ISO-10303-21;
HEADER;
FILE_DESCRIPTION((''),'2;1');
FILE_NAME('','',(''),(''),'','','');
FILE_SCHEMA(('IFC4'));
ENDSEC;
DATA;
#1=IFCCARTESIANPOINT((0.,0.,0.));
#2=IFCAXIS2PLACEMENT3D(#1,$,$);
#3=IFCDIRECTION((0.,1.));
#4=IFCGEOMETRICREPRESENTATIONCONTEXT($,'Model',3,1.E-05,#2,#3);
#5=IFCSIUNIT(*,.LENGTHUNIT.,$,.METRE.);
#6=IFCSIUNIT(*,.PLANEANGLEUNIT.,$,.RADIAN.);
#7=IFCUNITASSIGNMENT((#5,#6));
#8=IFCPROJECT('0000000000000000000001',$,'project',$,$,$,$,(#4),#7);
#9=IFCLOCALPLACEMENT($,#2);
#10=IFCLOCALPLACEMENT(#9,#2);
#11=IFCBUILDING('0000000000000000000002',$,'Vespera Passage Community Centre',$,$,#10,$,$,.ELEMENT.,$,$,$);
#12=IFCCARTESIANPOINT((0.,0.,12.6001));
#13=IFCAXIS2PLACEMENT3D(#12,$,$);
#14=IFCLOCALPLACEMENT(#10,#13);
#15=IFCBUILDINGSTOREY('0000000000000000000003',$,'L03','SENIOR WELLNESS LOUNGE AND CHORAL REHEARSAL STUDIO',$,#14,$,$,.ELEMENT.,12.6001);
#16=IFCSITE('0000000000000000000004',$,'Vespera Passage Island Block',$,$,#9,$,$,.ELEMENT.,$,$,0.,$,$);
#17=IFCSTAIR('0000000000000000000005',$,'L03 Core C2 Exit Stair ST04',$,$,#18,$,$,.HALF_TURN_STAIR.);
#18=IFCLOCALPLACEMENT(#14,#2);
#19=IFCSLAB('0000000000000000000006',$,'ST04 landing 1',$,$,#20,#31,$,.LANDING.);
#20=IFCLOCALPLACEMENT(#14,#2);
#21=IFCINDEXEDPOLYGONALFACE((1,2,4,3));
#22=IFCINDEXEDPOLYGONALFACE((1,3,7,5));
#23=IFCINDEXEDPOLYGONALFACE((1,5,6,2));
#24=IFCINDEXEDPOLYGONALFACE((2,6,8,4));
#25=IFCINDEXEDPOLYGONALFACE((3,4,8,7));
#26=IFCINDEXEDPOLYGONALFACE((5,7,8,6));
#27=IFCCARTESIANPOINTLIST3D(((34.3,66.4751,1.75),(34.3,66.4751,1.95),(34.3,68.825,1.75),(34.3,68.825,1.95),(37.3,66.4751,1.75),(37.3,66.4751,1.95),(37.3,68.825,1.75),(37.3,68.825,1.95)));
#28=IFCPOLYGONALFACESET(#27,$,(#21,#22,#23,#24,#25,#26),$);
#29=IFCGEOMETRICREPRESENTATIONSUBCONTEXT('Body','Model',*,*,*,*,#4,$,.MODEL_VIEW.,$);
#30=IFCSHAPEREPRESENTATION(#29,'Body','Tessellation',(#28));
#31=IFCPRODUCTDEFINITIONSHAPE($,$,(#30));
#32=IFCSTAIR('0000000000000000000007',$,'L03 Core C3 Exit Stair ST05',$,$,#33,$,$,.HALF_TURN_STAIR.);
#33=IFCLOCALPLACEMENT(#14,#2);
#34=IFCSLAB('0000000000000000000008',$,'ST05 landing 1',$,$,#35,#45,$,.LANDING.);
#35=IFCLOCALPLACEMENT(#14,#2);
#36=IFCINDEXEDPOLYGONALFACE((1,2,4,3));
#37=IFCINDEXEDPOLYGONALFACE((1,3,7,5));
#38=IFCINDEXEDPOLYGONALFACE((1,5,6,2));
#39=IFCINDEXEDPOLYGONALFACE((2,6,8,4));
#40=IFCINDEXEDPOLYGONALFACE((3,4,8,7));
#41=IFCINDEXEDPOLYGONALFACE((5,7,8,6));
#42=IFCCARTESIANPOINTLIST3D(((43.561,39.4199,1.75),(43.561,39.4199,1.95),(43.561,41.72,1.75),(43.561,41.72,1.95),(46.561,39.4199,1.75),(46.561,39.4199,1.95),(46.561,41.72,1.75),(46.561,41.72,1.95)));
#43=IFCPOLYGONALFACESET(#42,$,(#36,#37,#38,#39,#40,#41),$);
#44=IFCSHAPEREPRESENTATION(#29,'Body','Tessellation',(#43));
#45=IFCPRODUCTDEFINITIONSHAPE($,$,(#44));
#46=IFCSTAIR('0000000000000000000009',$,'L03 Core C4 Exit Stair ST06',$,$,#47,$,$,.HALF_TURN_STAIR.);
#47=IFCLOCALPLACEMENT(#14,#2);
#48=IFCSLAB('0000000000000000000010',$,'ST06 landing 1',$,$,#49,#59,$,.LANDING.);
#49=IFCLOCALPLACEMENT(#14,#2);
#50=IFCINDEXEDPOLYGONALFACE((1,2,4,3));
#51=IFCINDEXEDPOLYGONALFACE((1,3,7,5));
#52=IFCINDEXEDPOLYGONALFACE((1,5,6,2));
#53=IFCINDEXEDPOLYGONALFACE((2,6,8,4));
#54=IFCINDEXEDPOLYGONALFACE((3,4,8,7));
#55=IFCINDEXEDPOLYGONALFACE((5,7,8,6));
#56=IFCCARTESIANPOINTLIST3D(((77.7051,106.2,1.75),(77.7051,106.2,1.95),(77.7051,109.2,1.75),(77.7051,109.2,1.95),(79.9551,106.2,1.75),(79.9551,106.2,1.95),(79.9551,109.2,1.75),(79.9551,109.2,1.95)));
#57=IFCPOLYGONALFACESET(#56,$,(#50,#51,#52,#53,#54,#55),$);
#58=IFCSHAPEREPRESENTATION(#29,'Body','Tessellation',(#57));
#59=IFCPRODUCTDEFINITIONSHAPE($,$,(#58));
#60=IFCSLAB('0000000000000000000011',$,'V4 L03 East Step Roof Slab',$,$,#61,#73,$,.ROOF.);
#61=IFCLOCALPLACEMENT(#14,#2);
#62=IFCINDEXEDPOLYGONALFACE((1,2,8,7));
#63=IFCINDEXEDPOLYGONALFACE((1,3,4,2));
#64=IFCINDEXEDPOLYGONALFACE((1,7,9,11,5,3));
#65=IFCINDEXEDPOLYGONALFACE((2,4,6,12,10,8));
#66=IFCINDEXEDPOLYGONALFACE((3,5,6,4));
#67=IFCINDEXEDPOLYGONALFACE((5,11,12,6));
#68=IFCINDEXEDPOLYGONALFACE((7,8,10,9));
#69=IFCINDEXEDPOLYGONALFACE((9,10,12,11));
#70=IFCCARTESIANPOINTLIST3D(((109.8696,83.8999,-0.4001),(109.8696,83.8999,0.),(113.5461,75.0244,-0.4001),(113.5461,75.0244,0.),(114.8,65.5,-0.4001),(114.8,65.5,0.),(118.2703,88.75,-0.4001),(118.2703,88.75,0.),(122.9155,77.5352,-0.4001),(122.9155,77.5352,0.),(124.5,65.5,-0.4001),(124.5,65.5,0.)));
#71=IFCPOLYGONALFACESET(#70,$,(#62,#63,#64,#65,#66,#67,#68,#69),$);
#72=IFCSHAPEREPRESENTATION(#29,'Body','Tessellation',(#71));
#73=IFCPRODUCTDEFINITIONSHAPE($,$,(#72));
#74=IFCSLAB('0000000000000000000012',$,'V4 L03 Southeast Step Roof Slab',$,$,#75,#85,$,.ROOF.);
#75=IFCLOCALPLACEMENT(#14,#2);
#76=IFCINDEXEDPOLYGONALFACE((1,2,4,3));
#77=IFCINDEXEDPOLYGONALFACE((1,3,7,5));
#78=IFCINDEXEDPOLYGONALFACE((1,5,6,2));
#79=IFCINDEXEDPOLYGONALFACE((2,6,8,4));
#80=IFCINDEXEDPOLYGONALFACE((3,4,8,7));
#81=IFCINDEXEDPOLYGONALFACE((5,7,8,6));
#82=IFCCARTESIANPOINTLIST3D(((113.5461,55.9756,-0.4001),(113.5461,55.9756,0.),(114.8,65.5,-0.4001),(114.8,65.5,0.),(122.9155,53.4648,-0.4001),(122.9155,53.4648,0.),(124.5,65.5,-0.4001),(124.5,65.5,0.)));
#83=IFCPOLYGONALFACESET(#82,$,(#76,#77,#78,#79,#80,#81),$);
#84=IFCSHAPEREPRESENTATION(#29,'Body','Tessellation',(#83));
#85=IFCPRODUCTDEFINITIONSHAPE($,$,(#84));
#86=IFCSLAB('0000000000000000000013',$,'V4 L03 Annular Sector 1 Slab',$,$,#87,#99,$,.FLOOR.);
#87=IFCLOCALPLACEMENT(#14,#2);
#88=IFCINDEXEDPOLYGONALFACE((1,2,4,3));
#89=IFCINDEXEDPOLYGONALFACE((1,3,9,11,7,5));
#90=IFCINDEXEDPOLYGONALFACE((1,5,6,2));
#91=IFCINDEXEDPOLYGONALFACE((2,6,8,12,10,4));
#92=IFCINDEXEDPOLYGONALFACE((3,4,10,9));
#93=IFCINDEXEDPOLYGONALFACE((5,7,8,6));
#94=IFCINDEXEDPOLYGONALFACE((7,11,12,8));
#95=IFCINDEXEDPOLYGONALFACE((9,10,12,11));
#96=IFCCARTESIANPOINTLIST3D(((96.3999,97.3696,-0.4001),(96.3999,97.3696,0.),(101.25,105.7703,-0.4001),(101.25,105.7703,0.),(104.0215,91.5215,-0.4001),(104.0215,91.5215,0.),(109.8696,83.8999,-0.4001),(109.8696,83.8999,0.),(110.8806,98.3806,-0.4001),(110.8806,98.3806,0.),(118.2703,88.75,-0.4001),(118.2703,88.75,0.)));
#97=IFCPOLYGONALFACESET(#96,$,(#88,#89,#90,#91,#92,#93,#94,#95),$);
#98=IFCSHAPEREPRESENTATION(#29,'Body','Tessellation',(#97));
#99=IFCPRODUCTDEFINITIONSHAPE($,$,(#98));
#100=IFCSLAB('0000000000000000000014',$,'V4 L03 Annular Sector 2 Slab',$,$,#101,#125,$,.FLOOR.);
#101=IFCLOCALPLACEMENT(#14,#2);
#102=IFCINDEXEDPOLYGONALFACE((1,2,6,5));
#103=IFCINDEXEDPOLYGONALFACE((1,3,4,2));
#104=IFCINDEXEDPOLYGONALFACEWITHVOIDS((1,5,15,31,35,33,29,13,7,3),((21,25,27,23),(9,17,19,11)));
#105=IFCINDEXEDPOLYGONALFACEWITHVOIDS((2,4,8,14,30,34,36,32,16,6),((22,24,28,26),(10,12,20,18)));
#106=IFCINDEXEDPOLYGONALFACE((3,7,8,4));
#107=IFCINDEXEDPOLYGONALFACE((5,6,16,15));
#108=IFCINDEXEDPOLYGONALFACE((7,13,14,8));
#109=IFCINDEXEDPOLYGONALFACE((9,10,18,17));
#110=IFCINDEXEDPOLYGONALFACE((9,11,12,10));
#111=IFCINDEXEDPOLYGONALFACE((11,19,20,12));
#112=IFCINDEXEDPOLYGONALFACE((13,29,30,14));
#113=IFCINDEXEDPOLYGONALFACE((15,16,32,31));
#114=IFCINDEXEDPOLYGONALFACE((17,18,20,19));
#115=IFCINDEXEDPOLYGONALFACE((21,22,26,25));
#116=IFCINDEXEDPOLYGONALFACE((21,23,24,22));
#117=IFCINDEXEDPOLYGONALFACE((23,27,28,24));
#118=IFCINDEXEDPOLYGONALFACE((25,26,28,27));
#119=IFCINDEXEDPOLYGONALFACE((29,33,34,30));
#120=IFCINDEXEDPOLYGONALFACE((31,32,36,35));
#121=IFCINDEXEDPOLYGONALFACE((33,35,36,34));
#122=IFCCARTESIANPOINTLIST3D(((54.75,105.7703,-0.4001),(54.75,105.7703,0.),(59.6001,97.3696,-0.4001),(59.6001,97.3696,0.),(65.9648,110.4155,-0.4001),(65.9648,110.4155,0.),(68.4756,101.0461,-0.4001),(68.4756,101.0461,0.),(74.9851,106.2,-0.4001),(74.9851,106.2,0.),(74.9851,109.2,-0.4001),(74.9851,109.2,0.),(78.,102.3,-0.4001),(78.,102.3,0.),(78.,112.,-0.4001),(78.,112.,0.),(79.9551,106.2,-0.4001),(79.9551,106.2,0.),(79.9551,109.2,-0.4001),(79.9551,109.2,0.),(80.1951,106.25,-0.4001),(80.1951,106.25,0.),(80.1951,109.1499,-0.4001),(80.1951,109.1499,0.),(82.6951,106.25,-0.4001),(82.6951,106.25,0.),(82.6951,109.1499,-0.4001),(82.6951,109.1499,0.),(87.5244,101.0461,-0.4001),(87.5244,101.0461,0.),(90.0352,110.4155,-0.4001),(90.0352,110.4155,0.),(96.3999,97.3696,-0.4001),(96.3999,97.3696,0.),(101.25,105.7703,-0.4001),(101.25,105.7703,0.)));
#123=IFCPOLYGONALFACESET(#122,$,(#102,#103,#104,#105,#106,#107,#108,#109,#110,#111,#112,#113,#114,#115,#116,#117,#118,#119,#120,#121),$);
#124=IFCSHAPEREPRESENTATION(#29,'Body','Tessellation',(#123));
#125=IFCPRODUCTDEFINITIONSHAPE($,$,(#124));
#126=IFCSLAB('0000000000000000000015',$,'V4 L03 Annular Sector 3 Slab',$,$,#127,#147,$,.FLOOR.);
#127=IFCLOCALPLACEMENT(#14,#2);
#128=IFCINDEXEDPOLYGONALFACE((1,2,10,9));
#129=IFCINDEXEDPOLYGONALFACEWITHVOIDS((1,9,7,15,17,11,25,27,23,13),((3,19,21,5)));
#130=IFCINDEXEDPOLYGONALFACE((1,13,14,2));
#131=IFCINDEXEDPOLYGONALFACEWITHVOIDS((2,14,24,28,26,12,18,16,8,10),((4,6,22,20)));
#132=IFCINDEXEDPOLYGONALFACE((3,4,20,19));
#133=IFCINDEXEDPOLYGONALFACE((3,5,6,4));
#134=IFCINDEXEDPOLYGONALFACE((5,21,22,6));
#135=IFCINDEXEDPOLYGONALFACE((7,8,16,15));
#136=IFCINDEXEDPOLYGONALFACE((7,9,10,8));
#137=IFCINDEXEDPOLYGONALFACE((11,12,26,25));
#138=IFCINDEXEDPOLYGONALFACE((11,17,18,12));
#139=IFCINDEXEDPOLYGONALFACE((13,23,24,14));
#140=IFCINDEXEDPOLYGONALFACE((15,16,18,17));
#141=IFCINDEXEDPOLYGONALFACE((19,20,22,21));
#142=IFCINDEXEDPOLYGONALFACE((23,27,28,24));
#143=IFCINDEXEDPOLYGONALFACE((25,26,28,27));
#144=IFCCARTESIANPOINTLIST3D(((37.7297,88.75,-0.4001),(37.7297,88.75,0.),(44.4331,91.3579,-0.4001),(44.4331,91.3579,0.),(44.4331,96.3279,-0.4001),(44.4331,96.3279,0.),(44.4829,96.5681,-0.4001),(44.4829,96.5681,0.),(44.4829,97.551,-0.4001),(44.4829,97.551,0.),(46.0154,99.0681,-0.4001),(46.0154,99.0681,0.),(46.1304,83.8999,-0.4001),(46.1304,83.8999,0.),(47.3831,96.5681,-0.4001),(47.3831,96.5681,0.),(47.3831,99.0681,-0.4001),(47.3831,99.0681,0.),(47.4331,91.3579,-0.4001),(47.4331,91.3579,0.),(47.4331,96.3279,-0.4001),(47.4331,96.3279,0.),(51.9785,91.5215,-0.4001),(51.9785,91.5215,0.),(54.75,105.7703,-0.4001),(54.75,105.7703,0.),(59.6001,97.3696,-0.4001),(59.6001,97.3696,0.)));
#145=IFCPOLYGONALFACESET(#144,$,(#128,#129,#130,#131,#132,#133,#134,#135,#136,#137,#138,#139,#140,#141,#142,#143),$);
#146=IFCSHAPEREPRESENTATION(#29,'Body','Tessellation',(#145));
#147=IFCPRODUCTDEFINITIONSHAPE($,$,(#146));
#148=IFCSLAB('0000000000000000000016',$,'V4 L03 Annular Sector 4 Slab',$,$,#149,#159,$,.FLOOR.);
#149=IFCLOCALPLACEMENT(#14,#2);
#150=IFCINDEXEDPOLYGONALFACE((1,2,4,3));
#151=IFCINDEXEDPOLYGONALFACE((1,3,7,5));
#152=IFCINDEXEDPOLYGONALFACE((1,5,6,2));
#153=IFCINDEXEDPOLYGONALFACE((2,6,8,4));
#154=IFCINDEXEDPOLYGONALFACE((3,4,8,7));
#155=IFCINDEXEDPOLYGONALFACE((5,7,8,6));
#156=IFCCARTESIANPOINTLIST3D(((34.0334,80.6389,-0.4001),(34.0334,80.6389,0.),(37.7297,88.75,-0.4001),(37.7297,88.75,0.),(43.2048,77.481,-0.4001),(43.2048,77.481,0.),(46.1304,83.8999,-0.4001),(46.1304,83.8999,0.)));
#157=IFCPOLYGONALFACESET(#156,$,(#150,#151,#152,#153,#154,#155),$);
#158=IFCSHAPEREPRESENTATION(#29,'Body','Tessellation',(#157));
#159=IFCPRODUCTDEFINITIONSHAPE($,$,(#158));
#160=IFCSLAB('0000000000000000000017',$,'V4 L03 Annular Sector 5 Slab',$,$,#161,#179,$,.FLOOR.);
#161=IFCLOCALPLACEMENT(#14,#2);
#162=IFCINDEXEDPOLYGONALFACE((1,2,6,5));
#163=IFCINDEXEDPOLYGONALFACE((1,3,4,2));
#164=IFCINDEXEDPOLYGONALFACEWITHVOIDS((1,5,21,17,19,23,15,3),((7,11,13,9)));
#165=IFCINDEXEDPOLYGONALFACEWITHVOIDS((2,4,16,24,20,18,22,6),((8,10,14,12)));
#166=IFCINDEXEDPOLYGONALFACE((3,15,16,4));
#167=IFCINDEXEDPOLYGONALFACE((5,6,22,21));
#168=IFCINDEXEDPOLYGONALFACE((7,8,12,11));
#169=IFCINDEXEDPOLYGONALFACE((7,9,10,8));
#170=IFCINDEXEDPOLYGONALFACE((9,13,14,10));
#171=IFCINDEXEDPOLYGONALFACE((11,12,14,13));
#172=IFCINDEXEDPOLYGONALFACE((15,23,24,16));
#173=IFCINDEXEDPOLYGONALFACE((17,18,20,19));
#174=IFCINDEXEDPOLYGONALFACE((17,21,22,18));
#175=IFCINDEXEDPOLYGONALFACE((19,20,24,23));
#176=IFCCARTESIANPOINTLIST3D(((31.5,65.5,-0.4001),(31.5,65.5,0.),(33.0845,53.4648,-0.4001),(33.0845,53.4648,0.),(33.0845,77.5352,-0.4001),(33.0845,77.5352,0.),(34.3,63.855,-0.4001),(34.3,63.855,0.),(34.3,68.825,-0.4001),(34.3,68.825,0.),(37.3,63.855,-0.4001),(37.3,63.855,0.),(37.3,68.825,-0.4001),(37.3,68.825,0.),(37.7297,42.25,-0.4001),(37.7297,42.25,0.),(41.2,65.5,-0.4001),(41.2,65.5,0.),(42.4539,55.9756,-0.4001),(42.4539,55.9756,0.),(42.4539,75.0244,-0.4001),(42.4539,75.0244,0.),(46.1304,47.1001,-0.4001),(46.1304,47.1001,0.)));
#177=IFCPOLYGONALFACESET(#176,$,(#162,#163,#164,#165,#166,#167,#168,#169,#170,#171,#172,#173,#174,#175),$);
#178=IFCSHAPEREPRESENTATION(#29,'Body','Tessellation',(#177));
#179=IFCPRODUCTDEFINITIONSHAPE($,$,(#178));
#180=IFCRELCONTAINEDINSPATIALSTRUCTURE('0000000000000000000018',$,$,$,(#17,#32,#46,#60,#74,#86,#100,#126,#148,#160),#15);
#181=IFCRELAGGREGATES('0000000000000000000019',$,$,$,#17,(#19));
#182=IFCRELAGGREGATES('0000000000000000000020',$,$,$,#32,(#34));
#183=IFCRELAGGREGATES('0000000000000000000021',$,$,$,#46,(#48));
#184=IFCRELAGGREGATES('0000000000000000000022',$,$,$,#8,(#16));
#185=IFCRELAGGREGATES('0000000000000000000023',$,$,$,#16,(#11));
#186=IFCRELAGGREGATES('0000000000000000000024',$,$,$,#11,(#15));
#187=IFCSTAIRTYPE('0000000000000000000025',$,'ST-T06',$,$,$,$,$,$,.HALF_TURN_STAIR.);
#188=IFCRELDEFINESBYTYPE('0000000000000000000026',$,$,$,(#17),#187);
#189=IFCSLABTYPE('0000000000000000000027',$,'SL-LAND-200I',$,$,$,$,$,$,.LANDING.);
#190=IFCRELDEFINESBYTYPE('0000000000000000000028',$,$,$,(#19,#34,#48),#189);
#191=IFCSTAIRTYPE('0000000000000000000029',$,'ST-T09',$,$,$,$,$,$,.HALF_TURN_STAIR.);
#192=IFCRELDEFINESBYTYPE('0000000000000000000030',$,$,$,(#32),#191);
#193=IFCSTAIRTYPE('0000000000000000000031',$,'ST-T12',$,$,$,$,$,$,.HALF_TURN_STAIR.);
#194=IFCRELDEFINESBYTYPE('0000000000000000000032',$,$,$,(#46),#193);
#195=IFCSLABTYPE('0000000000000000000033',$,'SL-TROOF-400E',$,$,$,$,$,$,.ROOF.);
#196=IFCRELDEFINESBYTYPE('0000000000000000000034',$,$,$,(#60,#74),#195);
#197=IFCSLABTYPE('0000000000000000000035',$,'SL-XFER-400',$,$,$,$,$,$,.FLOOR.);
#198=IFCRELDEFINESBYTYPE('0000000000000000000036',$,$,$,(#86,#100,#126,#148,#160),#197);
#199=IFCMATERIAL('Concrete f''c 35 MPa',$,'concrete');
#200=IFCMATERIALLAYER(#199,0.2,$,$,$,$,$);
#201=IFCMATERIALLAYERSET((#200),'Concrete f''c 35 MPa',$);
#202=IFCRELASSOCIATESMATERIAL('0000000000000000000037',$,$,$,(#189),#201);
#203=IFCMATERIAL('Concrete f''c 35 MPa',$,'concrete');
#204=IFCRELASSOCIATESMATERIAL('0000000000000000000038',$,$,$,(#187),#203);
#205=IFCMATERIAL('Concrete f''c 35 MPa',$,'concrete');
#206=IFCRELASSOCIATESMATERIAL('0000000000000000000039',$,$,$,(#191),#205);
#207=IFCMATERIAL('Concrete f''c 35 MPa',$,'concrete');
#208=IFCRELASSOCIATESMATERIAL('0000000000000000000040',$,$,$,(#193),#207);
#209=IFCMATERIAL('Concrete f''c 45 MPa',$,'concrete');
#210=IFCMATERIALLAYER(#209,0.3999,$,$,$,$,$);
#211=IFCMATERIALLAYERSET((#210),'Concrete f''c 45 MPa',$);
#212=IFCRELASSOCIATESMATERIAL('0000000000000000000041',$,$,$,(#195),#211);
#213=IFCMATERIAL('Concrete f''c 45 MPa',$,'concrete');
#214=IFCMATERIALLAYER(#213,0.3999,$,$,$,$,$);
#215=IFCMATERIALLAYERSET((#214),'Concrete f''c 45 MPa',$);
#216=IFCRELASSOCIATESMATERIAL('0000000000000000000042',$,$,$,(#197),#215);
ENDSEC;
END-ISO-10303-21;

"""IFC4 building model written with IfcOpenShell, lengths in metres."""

from ifc_helpers import new_model, si_unit, direction, frame, origin, place, context, subcontext, project, spatial, polyline, outline, extrude, material, layer, layer_set, type_object, element, aggregate, save


model = new_model("IFC4")

# Units and contexts
model_context = context("Model", 3, precision=1e-05, world=origin(), true_north=direction((0.0, 1.0)))
body_context = subcontext(model_context, "Body", "Model", "MODEL_VIEW")
ifc_project = project(units=[si_unit("LENGTHUNIT", "METRE"), si_unit("PLANEANGLEUNIT", "RADIAN")], contexts=[model_context])

# Site, building, storey
site_placement = place(None, origin())
site = spatial("IfcSite", under=ifc_project, at=site_placement, Name="Vespera Passage Island Block", CompositionType="ELEMENT", RefElevation=0.0)
building_placement = place(site_placement, origin())
building = spatial("IfcBuilding", under=site, at=building_placement, Name="Vespera Passage Community Centre", CompositionType="ELEMENT")
storey_placement = place(building_placement, frame((0.0, 0.0, 12.6001)))
storey = spatial("IfcBuildingStorey", under=building, at=storey_placement, Name="L03", Description="SENIOR WELLNESS LOUNGE AND CHORAL REHEARSAL STUDIO", CompositionType="ELEMENT", Elevation=12.6001)

# Stairs, slabs
ifc_material_1 = material(Name="Concrete f'c 35 MPa", Category="concrete")
ifc_layer_1 = layer(ifc_material_1, 0.2)
ifc_layer_set_1 = layer_set([ifc_layer_1], Name="Concrete f'c 35 MPa")
slab_type_1 = type_object("IfcSlabType", Name="SL-LAND-200I", PredefinedType="LANDING", material=ifc_layer_set_1)
ifc_material_2 = material(Name="Concrete f'c 35 MPa", Category="concrete")
stair_type_1 = type_object("IfcStairType", Name="ST-T06", PredefinedType="HALF_TURN_STAIR", material=ifc_material_2)
stair_1_placement = place(storey_placement, origin())
stair_1 = element("IfcStair", 1, at=stair_1_placement, inside=storey, type_object=stair_type_1, Name="L03 Core C2 Exit Stair ST04", PredefinedType="HALF_TURN_STAIR")
slab_1_placement = place(storey_placement, frame((0.0, 0.0, 1.75)))
slab_1 = element("IfcSlab", 2, at=slab_1_placement, type_object=slab_type_1, Name="ST04 landing 1", PredefinedType="LANDING", context=body_context, shape_type="SweptSolid", body=[
    extrude(outline(polyline([(37.3, 66.4751), (37.3, 68.825), (34.3, 68.825), (34.3, 66.4751), (37.3, 66.4751)])), origin(), (0.0, 0.0, 1.0), 0.2),
])
aggregate(stair_1, [slab_1])
ifc_material_3 = material(Name="Concrete f'c 35 MPa", Category="concrete")
stair_type_2 = type_object("IfcStairType", Name="ST-T09", PredefinedType="HALF_TURN_STAIR", material=ifc_material_3)
stair_2_placement = place(storey_placement, origin())
stair_2 = element("IfcStair", 3, at=stair_2_placement, inside=storey, type_object=stair_type_2, Name="L03 Core C3 Exit Stair ST05", PredefinedType="HALF_TURN_STAIR")
slab_2_placement = place(storey_placement, frame((0.0, 0.0, 1.75)))
slab_2 = element("IfcSlab", 4, at=slab_2_placement, type_object=slab_type_1, Name="ST05 landing 1", PredefinedType="LANDING", context=body_context, shape_type="SweptSolid", body=[
    extrude(outline(polyline([(46.561, 39.4199), (46.561, 41.72), (43.561, 41.72), (43.561, 39.4199), (46.561, 39.4199)])), origin(), (0.0, 0.0, 1.0), 0.2),
])
aggregate(stair_2, [slab_2])
ifc_material_4 = material(Name="Concrete f'c 35 MPa", Category="concrete")
stair_type_3 = type_object("IfcStairType", Name="ST-T12", PredefinedType="HALF_TURN_STAIR", material=ifc_material_4)
stair_3_placement = place(storey_placement, origin())
stair_3 = element("IfcStair", 5, at=stair_3_placement, inside=storey, type_object=stair_type_3, Name="L03 Core C4 Exit Stair ST06", PredefinedType="HALF_TURN_STAIR")
slab_3_placement = place(storey_placement, frame((0.0, 0.0, 1.75)))
slab_3 = element("IfcSlab", 6, at=slab_3_placement, type_object=slab_type_1, Name="ST06 landing 1", PredefinedType="LANDING", context=body_context, shape_type="SweptSolid", body=[
    extrude(outline(polyline([(77.7051, 106.2), (79.9551, 106.2), (79.9551, 109.2), (77.7051, 109.2), (77.7051, 106.2)])), origin(), (0.0, 0.0, 1.0), 0.2),
])
aggregate(stair_3, [slab_3])

# Slabs
ifc_material_5 = material(Name="Concrete f'c 45 MPa", Category="concrete")
ifc_layer_2 = layer(ifc_material_5, 0.3999)
ifc_layer_set_2 = layer_set([ifc_layer_2], Name="Concrete f'c 45 MPa")
slab_type_2 = type_object("IfcSlabType", Name="SL-TROOF-400E", PredefinedType="ROOF", material=ifc_layer_set_2)
slab_4_placement = place(storey_placement, frame((0.0, 0.0, -0.4001)))
element("IfcSlab", 7, at=slab_4_placement, inside=storey, type_object=slab_type_2, Name="V4 L03 East Step Roof Slab", PredefinedType="ROOF", context=body_context, shape_type="SweptSolid", body=[
    extrude(outline(polyline([(124.5, 65.5), (122.9155, 77.5352), (118.2703, 88.75), (109.8696, 83.8999), (113.5461, 75.0244), (114.8, 65.5), (124.5, 65.5)])), origin(), (0.0, 0.0, 1.0), 0.4001),
])
slab_5_placement = place(storey_placement, frame((0.0, 0.0, -0.4001)))
element("IfcSlab", 8, at=slab_5_placement, inside=storey, type_object=slab_type_2, Name="V4 L03 Southeast Step Roof Slab", PredefinedType="ROOF", context=body_context, shape_type="SweptSolid", body=[
    extrude(outline(polyline([(122.9155, 53.4648), (124.5, 65.5), (114.8, 65.5), (113.5461, 55.9756), (122.9155, 53.4648)])), origin(), (0.0, 0.0, 1.0), 0.4001),
])
ifc_material_6 = material(Name="Concrete f'c 45 MPa", Category="concrete")
ifc_layer_3 = layer(ifc_material_6, 0.3999)
ifc_layer_set_3 = layer_set([ifc_layer_3], Name="Concrete f'c 45 MPa")
slab_type_3 = type_object("IfcSlabType", Name="SL-XFER-400", PredefinedType="FLOOR", material=ifc_layer_set_3)
slab_6_placement = place(storey_placement, frame((0.0, 0.0, -0.4001)))
element("IfcSlab", 9, at=slab_6_placement, inside=storey, type_object=slab_type_3, Name="V4 L03 Annular Sector 1 Slab", PredefinedType="FLOOR", context=body_context, shape_type="SweptSolid", body=[
    extrude(outline(polyline([(118.2703, 88.75), (110.8806, 98.3806), (101.25, 105.7703), (96.3999, 97.3696), (104.0215, 91.5215), (109.8696, 83.8999), (118.2703, 88.75)])), origin(), (0.0, 0.0, 1.0), 0.4001),
])
slab_7_placement = place(storey_placement, frame((0.0, 0.0, -0.4001)))
element("IfcSlab", 10, at=slab_7_placement, inside=storey, type_object=slab_type_3, Name="V4 L03 Annular Sector 2 Slab", PredefinedType="FLOOR", context=body_context, shape_type="SweptSolid", body=[
    extrude(outline(polyline([(87.5244, 101.0461), (78.0, 102.3), (68.4756, 101.0461), (59.6001, 97.3696), (54.75, 105.7703), (65.9648, 110.4155), (78.0, 112.0), (90.0352, 110.4155), (101.25, 105.7703), (96.3999, 97.3696), (87.5244, 101.0461)]), holes=[polyline([(79.9551, 109.2), (74.9851, 109.2), (74.9851, 106.2), (79.9551, 106.2), (79.9551, 109.2)]), polyline([(82.6951, 106.25), (82.6951, 109.1499), (80.1951, 109.1499), (80.1951, 106.25), (82.6951, 106.25)])]), origin(), (0.0, 0.0, 1.0), 0.4001),
])
slab_8_placement = place(storey_placement, frame((0.0, 0.0, -0.4001)))
element("IfcSlab", 11, at=slab_8_placement, inside=storey, type_object=slab_type_3, Name="V4 L03 Annular Sector 3 Slab", PredefinedType="FLOOR", context=body_context, shape_type="SweptSolid", body=[
    extrude(outline(polyline([(51.9785, 91.5215), (46.1304, 83.8999), (37.7297, 88.75), (44.4829, 97.551), (44.4829, 96.5681), (47.3831, 96.5681), (47.3831, 99.0681), (46.0154, 99.0681), (54.75, 105.7703), (59.6001, 97.3696), (51.9785, 91.5215)]), holes=[polyline([(44.4331, 96.3279), (44.4331, 91.3579), (47.4331, 91.3579), (47.4331, 96.3279), (44.4331, 96.3279)])]), origin(), (0.0, 0.0, 1.0), 0.4001),
])
slab_9_placement = place(storey_placement, frame((0.0, 0.0, -0.4001)))
element("IfcSlab", 12, at=slab_9_placement, inside=storey, type_object=slab_type_3, Name="V4 L03 Annular Sector 4 Slab", PredefinedType="FLOOR", context=body_context, shape_type="SweptSolid", body=[
    extrude(outline(polyline([(37.7297, 88.75), (34.0334, 80.6389), (43.2048, 77.481), (46.1304, 83.8999), (37.7297, 88.75)])), origin(), (0.0, 0.0, 1.0), 0.4001),
])
slab_10_placement = place(storey_placement, frame((0.0, 0.0, -0.4001)))
element("IfcSlab", 13, at=slab_10_placement, inside=storey, type_object=slab_type_3, Name="V4 L03 Annular Sector 5 Slab", PredefinedType="FLOOR", context=body_context, shape_type="SweptSolid", body=[
    extrude(outline(polyline([(42.4539, 75.0244), (41.2, 65.5), (42.4539, 55.9756), (46.1304, 47.1001), (37.7297, 42.25), (33.0845, 53.4648), (31.5, 65.5), (33.0845, 77.5352), (42.4539, 75.0244)]), holes=[polyline([(37.3, 68.825), (34.3, 68.825), (34.3, 63.855), (37.3, 63.855), (37.3, 68.825)])]), origin(), (0.0, 0.0, 1.0), 0.4001),
])

save(model, "model.ifc")
